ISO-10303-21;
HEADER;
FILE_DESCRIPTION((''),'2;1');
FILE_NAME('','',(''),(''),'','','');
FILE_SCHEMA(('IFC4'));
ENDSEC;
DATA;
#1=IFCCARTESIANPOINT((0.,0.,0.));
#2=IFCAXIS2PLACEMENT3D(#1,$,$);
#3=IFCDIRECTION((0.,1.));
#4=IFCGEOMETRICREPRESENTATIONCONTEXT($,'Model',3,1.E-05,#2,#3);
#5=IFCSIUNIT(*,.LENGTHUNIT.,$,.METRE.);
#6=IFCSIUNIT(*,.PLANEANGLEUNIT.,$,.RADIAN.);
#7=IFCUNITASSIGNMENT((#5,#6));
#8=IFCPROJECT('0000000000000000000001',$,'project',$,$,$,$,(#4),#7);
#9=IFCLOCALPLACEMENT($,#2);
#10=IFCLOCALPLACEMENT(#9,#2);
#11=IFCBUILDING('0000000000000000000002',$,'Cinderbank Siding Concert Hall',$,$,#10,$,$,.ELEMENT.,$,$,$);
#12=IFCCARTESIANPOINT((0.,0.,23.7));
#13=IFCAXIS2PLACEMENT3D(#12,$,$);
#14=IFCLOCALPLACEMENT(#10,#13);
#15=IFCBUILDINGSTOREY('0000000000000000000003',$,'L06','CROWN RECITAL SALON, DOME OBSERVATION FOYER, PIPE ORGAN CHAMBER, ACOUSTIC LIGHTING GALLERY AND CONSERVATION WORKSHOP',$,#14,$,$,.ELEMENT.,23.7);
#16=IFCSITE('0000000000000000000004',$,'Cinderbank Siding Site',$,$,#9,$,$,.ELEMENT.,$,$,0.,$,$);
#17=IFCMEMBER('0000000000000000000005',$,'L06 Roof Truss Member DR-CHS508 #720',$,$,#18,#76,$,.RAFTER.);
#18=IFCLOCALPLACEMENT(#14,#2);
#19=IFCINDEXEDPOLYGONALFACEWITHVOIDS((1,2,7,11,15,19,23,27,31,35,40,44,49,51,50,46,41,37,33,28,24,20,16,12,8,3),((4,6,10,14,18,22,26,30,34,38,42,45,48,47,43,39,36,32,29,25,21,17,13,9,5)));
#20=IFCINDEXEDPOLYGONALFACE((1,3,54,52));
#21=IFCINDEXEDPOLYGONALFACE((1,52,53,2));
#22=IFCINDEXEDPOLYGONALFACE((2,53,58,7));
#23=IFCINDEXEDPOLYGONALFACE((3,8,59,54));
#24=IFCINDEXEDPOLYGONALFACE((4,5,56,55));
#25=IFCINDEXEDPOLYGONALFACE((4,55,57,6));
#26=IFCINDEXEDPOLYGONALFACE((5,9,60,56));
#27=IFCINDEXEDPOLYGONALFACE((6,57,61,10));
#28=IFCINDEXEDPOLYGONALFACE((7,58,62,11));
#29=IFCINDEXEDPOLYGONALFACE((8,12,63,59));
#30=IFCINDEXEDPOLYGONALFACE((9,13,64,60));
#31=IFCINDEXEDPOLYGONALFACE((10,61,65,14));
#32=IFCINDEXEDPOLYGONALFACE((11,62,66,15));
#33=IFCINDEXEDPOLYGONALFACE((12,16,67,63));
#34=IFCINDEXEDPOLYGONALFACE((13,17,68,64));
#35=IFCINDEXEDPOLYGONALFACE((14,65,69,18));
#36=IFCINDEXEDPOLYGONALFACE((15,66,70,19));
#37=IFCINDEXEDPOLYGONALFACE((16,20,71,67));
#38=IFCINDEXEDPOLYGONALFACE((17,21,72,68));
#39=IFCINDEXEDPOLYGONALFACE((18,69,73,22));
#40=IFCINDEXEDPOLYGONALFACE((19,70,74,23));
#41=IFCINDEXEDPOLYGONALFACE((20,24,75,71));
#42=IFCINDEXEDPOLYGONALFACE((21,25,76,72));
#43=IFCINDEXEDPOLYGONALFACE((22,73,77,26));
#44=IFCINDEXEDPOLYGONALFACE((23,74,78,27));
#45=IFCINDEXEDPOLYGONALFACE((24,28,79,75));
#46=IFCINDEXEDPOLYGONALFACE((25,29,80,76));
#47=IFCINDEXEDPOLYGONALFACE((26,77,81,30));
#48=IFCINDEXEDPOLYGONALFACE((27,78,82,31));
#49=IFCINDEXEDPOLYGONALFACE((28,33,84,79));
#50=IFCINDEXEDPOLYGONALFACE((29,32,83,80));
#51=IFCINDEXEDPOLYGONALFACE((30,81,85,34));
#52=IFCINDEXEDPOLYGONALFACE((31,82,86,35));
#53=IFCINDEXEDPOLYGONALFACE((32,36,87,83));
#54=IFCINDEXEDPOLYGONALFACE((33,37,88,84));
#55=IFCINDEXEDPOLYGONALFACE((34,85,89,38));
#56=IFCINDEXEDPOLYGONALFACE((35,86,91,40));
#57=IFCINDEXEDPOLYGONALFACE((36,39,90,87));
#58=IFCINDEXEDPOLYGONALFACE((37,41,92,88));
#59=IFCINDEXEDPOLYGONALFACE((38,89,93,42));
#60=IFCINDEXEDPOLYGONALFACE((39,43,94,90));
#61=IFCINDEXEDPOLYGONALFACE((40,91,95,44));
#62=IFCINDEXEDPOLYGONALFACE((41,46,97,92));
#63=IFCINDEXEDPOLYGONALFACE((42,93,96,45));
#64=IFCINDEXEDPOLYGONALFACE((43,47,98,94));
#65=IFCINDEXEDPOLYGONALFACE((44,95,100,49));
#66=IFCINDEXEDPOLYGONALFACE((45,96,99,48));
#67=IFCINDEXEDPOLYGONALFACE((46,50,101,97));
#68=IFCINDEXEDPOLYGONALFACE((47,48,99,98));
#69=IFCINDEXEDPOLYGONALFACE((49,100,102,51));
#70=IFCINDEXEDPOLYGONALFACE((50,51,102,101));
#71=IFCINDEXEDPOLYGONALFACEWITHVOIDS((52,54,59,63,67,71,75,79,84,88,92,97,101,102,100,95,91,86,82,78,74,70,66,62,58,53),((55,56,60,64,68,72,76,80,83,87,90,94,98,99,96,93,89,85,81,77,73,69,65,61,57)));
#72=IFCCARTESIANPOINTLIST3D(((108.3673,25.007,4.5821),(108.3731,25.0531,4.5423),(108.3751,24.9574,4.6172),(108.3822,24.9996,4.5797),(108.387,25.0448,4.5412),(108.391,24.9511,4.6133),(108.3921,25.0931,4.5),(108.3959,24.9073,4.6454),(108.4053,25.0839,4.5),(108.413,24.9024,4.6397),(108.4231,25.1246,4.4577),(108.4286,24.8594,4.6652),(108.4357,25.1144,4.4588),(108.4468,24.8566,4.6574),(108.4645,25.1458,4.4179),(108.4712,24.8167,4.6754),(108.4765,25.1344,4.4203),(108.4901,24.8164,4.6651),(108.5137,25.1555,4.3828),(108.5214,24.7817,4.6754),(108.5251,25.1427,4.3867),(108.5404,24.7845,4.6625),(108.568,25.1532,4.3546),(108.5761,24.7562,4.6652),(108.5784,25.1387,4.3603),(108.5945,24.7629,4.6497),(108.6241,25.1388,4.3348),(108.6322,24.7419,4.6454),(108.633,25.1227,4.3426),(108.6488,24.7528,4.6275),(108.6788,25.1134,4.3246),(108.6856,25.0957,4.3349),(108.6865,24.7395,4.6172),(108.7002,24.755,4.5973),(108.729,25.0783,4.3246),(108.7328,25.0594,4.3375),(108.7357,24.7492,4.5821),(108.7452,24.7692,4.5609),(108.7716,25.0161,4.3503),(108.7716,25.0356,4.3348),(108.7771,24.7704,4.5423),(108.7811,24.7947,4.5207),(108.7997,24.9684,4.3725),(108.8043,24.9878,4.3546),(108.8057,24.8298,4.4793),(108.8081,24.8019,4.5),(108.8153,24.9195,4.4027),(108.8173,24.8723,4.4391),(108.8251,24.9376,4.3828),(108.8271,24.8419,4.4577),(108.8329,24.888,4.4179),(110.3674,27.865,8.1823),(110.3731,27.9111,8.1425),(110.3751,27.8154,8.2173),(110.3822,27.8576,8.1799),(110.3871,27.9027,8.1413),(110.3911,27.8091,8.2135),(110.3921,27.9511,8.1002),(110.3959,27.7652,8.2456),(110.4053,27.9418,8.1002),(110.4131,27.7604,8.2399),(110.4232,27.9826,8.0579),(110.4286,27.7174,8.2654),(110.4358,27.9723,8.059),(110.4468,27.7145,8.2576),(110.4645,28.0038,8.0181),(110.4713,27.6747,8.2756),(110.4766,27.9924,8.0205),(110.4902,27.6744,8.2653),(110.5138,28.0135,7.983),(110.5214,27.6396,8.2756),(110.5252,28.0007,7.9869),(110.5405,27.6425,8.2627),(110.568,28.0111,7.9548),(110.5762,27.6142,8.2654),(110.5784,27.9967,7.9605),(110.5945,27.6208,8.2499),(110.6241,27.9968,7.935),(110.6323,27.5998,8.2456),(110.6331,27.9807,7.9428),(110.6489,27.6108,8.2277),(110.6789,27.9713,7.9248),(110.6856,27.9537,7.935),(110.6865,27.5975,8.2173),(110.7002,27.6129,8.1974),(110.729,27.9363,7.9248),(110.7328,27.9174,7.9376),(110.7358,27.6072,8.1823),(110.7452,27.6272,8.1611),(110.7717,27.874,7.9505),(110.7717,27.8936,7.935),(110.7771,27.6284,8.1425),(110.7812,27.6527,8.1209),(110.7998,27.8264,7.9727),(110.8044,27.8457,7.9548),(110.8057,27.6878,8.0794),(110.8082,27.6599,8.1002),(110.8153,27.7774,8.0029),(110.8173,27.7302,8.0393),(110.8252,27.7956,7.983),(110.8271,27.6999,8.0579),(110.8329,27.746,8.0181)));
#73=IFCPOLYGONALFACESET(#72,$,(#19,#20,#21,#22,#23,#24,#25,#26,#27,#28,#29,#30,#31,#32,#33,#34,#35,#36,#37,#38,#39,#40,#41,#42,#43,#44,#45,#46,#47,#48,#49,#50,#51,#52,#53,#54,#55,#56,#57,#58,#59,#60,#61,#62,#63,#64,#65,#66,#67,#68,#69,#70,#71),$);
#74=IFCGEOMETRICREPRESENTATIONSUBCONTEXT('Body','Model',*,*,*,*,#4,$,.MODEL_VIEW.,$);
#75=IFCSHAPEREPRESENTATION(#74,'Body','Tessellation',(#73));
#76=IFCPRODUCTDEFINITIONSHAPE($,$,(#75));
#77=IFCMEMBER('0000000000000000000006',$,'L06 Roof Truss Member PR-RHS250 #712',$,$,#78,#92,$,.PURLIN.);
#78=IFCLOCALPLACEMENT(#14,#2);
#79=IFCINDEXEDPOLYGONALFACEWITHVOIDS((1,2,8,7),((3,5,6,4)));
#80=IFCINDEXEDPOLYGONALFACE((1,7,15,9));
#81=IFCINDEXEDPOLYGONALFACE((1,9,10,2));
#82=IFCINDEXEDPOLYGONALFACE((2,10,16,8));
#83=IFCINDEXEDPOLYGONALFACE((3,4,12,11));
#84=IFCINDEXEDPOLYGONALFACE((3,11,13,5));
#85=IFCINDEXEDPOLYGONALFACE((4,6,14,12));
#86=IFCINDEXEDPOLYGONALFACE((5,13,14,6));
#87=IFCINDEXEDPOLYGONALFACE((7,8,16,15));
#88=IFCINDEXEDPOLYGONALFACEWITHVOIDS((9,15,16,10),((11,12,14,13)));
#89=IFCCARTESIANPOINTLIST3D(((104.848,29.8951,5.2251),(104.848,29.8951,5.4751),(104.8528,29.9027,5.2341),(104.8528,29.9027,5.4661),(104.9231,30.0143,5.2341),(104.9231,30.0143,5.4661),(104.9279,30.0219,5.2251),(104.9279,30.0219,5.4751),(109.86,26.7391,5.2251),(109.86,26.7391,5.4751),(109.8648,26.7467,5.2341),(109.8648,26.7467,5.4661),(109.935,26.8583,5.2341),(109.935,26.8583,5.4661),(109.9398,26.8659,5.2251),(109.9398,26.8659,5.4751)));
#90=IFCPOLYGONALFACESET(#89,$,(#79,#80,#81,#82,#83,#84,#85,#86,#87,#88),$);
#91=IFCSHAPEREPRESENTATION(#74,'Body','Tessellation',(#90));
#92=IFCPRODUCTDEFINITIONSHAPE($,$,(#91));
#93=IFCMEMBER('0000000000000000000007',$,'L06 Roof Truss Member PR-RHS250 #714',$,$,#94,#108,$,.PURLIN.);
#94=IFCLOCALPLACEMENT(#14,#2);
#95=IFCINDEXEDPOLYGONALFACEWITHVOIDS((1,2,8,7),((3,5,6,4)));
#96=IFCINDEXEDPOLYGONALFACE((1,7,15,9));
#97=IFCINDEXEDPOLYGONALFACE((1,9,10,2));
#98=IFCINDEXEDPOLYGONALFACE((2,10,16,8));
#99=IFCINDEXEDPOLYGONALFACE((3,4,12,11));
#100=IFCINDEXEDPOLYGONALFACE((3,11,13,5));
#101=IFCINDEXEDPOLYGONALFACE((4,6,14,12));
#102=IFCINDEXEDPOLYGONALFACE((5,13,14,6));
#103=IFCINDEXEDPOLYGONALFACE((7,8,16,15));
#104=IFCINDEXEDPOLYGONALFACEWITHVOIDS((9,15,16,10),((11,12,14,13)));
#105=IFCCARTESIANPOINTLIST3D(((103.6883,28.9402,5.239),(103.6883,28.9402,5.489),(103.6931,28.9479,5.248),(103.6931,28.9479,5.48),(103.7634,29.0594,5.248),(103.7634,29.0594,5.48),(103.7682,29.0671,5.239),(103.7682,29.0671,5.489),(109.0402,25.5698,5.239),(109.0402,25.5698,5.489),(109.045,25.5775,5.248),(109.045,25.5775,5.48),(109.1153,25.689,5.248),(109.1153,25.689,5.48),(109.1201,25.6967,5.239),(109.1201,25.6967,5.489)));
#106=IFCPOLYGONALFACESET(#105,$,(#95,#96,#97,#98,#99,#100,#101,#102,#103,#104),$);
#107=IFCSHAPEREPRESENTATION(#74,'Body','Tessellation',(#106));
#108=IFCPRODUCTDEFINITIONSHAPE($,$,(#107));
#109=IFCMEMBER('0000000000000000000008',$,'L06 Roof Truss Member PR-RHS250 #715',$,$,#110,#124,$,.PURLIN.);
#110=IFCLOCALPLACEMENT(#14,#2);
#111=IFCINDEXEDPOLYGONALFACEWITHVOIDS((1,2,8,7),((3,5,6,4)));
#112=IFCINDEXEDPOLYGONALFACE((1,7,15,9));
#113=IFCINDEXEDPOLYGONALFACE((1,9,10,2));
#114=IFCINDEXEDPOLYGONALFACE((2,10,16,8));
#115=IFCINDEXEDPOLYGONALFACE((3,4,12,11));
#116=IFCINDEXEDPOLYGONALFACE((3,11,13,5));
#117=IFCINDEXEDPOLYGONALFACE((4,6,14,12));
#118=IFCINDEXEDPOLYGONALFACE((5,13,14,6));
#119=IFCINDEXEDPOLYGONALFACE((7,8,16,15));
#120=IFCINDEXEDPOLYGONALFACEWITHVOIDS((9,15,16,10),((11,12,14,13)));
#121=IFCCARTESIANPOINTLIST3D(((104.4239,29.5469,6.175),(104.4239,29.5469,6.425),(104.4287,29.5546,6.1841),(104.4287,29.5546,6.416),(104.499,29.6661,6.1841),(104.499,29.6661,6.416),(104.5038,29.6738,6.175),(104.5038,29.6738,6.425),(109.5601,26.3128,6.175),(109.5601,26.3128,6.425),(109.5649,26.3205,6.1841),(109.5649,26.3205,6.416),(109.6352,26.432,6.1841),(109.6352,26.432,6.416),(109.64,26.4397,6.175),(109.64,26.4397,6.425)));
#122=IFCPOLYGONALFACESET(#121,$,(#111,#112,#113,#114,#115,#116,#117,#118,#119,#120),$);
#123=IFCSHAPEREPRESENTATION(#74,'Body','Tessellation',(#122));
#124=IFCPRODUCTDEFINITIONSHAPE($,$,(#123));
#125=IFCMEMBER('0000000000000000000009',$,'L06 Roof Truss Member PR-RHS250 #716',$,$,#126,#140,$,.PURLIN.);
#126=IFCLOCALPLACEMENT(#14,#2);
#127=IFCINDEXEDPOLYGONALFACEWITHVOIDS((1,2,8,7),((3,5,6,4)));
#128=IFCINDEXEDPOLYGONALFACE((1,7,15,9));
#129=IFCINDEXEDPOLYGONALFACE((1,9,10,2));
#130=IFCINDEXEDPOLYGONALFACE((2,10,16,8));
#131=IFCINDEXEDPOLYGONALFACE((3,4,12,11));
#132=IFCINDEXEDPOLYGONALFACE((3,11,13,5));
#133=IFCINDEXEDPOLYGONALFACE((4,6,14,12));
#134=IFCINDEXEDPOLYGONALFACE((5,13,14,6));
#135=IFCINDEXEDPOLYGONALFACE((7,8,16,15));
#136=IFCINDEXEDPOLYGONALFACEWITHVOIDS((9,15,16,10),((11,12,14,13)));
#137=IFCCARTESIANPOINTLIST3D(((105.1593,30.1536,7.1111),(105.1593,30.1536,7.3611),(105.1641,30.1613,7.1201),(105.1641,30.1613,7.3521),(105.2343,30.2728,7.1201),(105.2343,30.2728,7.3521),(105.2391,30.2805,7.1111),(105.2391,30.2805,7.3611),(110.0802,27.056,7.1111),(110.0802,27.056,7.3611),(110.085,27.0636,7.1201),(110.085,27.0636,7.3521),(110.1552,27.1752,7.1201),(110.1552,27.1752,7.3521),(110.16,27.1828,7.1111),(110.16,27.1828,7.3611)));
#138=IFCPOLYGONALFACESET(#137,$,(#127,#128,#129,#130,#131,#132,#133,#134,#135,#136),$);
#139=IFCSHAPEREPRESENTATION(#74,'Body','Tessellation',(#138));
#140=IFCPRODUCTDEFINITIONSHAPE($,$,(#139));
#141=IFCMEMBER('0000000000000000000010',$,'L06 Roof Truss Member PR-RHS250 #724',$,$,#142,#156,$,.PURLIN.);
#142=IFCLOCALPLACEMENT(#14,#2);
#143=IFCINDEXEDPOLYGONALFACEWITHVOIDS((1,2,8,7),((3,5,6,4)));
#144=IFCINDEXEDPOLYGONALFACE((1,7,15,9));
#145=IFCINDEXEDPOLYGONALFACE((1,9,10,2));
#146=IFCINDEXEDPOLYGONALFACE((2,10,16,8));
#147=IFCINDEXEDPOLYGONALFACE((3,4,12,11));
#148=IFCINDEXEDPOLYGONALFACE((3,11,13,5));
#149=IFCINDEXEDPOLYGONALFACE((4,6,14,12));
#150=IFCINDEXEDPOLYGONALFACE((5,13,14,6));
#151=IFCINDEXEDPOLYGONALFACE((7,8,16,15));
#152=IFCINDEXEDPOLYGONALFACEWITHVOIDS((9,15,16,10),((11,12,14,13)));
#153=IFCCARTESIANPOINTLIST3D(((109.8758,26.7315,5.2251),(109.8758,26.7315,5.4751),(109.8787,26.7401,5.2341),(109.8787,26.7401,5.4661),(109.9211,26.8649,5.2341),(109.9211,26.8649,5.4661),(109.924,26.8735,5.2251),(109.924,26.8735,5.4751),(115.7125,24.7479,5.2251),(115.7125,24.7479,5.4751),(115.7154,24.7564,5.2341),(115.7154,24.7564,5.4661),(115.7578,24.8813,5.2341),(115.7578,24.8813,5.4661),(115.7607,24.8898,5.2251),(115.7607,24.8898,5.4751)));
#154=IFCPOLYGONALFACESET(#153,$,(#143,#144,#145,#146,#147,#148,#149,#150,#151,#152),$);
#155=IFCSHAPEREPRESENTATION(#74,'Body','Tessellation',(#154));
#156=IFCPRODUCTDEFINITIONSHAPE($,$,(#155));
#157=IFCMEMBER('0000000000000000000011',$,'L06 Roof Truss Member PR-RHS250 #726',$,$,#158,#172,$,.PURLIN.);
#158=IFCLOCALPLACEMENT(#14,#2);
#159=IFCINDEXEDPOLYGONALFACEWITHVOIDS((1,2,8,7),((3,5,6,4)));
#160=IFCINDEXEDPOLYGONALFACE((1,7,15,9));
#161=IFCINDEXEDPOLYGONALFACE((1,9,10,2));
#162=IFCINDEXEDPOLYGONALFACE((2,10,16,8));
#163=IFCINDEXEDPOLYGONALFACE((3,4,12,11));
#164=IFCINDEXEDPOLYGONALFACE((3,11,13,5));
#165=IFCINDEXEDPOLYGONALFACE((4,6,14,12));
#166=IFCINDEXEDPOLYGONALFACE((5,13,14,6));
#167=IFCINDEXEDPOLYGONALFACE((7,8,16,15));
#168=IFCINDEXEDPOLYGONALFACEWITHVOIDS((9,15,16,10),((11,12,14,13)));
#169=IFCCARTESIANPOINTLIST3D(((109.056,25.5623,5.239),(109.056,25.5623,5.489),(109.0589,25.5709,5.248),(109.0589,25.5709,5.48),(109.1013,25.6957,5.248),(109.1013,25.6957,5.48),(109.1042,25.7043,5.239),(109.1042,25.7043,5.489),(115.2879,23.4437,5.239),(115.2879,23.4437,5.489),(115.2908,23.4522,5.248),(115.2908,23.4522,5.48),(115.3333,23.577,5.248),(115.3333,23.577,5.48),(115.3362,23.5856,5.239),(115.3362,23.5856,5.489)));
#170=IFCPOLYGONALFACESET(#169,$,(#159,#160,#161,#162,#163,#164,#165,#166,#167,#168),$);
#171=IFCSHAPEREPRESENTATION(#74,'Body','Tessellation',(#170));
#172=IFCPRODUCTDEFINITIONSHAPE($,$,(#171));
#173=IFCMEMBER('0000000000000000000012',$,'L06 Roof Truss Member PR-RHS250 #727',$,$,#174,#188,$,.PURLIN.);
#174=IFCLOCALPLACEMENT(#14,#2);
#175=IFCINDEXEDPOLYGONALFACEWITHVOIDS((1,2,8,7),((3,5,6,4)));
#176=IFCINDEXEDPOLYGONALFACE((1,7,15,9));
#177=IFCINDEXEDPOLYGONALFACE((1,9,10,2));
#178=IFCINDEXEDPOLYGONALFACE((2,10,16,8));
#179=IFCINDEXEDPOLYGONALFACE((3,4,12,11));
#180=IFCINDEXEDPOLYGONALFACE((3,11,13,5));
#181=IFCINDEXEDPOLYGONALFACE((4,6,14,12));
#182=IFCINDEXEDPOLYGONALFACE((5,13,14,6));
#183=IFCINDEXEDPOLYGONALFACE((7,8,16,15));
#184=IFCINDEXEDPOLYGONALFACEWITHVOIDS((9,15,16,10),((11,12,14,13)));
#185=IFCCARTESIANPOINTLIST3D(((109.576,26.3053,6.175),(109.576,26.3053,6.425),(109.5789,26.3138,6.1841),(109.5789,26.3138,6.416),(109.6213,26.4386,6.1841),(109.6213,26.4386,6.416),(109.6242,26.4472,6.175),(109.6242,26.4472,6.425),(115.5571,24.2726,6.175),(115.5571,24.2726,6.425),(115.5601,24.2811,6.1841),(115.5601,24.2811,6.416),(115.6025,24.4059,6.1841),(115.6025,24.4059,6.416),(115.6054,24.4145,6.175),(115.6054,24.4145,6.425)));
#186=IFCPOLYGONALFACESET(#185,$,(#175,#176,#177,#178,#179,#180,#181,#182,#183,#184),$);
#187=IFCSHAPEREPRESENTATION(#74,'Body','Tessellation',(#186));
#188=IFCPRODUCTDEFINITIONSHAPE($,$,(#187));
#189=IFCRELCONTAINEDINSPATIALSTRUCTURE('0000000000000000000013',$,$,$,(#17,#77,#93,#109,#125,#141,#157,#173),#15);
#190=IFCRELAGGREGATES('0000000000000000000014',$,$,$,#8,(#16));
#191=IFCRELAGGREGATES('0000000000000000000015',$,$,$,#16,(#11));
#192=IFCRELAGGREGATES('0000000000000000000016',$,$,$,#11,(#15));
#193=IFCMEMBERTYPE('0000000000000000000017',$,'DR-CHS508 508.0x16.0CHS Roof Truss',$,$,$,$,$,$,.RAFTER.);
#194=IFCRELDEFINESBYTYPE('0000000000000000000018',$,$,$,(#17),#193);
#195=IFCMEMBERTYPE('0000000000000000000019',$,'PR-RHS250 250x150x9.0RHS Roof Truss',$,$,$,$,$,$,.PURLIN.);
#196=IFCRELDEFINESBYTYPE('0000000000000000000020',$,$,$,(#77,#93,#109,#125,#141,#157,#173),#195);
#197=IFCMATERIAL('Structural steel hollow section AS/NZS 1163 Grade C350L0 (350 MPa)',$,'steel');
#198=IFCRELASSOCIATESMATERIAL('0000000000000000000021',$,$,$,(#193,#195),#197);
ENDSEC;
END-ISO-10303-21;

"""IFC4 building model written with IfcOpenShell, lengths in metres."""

from ifc_helpers import new_model, si_unit, direction, frame, origin, origin_2d, place, context, subcontext, project, spatial, hollow_rectangle, hollow_circle, extrude, material, material_profile, profile_set, type_object, element, save


model = new_model("IFC4")

# Units and contexts
model_context = context("Model", 3, precision=1e-05, world=origin(), true_north=direction((0.0, 1.0)))
body_context = subcontext(model_context, "Body", "Model", "MODEL_VIEW")
ifc_project = project(units=[si_unit("LENGTHUNIT", "METRE"), si_unit("PLANEANGLEUNIT", "RADIAN")], contexts=[model_context])

# Site, building, storey
site_placement = place(None, origin())
site = spatial("IfcSite", under=ifc_project, at=site_placement, Name="Cinderbank Siding Site", CompositionType="ELEMENT", RefElevation=0.0)
building_placement = place(site_placement, origin())
building = spatial("IfcBuilding", under=site, at=building_placement, Name="Cinderbank Siding Concert Hall", CompositionType="ELEMENT")
storey_placement = place(building_placement, frame((0.0, 0.0, 23.7)))
storey = spatial("IfcBuildingStorey", under=building, at=storey_placement, Name="L06", Description="CROWN RECITAL SALON, DOME OBSERVATION FOYER, PIPE ORGAN CHAMBER, ACOUSTIC LIGHTING GALLERY AND CONSERVATION WORKSHOP", CompositionType="ELEMENT", Elevation=23.7)

# Members
ifc_material_1 = material(Name="Structural steel hollow section AS/NZS 1163 Grade C350L0 (350 MPa)", Category="steel")
ifc_material_profile_1 = material_profile(ifc_material_1, hollow_circle(Radius=0.2539, WallThickness=0.0161, at=origin_2d()), Name="508.0x16.0CHS", Category="LoadBearing")
ifc_profile_set_1 = profile_set([ifc_material_profile_1], Name="Structural steel hollow section AS/NZS 1163 Grade C350L0 (350 MPa)")
member_type_1 = type_object("IfcMemberType", Name="DR-CHS508 508.0x16.0CHS Roof Truss", PredefinedType="RAFTER", material=ifc_profile_set_1)
member_1_placement = place(storey_placement, frame((108.6001, 24.9475, 4.5), z_axis=(0.398977, 0.57012, 0.718178), x_axis=(-0.819304, 0.573359, 0.0)))
element("IfcMember", 1, at=member_1_placement, inside=storey, type_object=member_type_1, Name="L06 Roof Truss Member DR-CHS508 #720", PredefinedType="RAFTER", context=body_context, shape_type="SweptSolid", body=[
    extrude(hollow_circle(Radius=0.2539, WallThickness=0.0161, at=origin_2d()), origin(), (0.0, 0.0, 1.0), 5.0129),
])
ifc_material_profile_2 = material_profile(ifc_material_1, hollow_rectangle(XDim=0.1499, YDim=0.25, WallThickness=0.009, at=origin_2d()), Name="250x150x9.0RHS", Category="LoadBearing")
ifc_profile_set_2 = profile_set([ifc_material_profile_2], Name="Structural steel hollow section AS/NZS 1163 Grade C350L0 (350 MPa)")
member_type_2 = type_object("IfcMemberType", Name="PR-RHS250 250x150x9.0RHS Roof Truss", PredefinedType="PURLIN", material=ifc_profile_set_2)
member_2_placement = place(storey_placement, frame((104.8879, 29.9585, 5.3501), z_axis=(0.846208, -0.532853, 0.0), x_axis=(0.532853, 0.846208, 0.0)))
element("IfcMember", 2, at=member_2_placement, inside=storey, type_object=member_type_2, Name="L06 Roof Truss Member PR-RHS250 #712", PredefinedType="PURLIN", context=body_context, shape_type="SweptSolid", body=[
    extrude(hollow_rectangle(XDim=0.1499, YDim=0.25, WallThickness=0.009, at=origin_2d()), origin(), (0.0, 0.0, 1.0), 5.9229),
])
member_3_placement = place(storey_placement, frame((103.7283, 29.0037, 5.364), z_axis=(0.846183, -0.532893, 0.0), x_axis=(0.532893, 0.846183, 0.0)))
element("IfcMember", 3, at=member_3_placement, inside=storey, type_object=member_type_2, Name="L06 Roof Truss Member PR-RHS250 #714", PredefinedType="PURLIN", context=body_context, shape_type="SweptSolid", body=[
    extrude(hollow_rectangle(XDim=0.1499, YDim=0.25, WallThickness=0.009, at=origin_2d()), origin(), (0.0, 0.0, 1.0), 6.3247),
])
member_4_placement = place(storey_placement, frame((104.4639, 29.6104, 6.3), z_axis=(0.846217, -0.532838, 0.0), x_axis=(0.532838, 0.846217, 0.0)))
element("IfcMember", 4, at=member_4_placement, inside=storey, type_object=member_type_2, Name="L06 Roof Truss Member PR-RHS250 #715", PredefinedType="PURLIN", context=body_context, shape_type="SweptSolid", body=[
    extrude(hollow_rectangle(XDim=0.1499, YDim=0.25, WallThickness=0.009, at=origin_2d()), origin(), (0.0, 0.0, 1.0), 6.0696),
])
member_5_placement = place(storey_placement, frame((105.1992, 30.217, 7.2361), z_axis=(0.846286, -0.532729, 0.0), x_axis=(0.532729, 0.846286, 0.0)))
element("IfcMember", 5, at=member_5_placement, inside=storey, type_object=member_type_2, Name="L06 Roof Truss Member PR-RHS250 #716", PredefinedType="PURLIN", context=body_context, shape_type="SweptSolid", body=[
    extrude(hollow_rectangle(XDim=0.1499, YDim=0.25, WallThickness=0.009, at=origin_2d()), origin(), (0.0, 0.0, 1.0), 5.8147),
])
member_6_placement = place(storey_placement, frame((109.8999, 26.8025, 5.3501), z_axis=(0.946814, -0.321783, 0.0), x_axis=(0.321783, 0.946814, 0.0)))
element("IfcMember", 6, at=member_6_placement, inside=storey, type_object=member_type_2, Name="L06 Roof Truss Member PR-RHS250 #724", PredefinedType="PURLIN", context=body_context, shape_type="SweptSolid", body=[
    extrude(hollow_rectangle(XDim=0.1499, YDim=0.25, WallThickness=0.009, at=origin_2d()), origin(), (0.0, 0.0, 1.0), 6.1646),
])
member_7_placement = place(storey_placement, frame((109.0801, 25.6333, 5.364), z_axis=(0.946782, -0.321875, 0.0), x_axis=(0.321875, 0.946782, 0.0)))
element("IfcMember", 7, at=member_7_placement, inside=storey, type_object=member_type_2, Name="L06 Roof Truss Member PR-RHS250 #726", PredefinedType="PURLIN", context=body_context, shape_type="SweptSolid", body=[
    extrude(hollow_rectangle(XDim=0.1499, YDim=0.25, WallThickness=0.009, at=origin_2d()), origin(), (0.0, 0.0, 1.0), 6.5823),
])
member_8_placement = place(storey_placement, frame((109.6001, 26.3762, 6.3), z_axis=(0.946816, -0.321776, 0.0), x_axis=(0.321776, 0.946816, 0.0)))
element("IfcMember", 8, at=member_8_placement, inside=storey, type_object=member_type_2, Name="L06 Roof Truss Member PR-RHS250 #727", PredefinedType="PURLIN", context=body_context, shape_type="SweptSolid", body=[
    extrude(hollow_rectangle(XDim=0.1499, YDim=0.25, WallThickness=0.009, at=origin_2d()), origin(), (0.0, 0.0, 1.0), 6.3171),
])

save(model, "model.ifc")
